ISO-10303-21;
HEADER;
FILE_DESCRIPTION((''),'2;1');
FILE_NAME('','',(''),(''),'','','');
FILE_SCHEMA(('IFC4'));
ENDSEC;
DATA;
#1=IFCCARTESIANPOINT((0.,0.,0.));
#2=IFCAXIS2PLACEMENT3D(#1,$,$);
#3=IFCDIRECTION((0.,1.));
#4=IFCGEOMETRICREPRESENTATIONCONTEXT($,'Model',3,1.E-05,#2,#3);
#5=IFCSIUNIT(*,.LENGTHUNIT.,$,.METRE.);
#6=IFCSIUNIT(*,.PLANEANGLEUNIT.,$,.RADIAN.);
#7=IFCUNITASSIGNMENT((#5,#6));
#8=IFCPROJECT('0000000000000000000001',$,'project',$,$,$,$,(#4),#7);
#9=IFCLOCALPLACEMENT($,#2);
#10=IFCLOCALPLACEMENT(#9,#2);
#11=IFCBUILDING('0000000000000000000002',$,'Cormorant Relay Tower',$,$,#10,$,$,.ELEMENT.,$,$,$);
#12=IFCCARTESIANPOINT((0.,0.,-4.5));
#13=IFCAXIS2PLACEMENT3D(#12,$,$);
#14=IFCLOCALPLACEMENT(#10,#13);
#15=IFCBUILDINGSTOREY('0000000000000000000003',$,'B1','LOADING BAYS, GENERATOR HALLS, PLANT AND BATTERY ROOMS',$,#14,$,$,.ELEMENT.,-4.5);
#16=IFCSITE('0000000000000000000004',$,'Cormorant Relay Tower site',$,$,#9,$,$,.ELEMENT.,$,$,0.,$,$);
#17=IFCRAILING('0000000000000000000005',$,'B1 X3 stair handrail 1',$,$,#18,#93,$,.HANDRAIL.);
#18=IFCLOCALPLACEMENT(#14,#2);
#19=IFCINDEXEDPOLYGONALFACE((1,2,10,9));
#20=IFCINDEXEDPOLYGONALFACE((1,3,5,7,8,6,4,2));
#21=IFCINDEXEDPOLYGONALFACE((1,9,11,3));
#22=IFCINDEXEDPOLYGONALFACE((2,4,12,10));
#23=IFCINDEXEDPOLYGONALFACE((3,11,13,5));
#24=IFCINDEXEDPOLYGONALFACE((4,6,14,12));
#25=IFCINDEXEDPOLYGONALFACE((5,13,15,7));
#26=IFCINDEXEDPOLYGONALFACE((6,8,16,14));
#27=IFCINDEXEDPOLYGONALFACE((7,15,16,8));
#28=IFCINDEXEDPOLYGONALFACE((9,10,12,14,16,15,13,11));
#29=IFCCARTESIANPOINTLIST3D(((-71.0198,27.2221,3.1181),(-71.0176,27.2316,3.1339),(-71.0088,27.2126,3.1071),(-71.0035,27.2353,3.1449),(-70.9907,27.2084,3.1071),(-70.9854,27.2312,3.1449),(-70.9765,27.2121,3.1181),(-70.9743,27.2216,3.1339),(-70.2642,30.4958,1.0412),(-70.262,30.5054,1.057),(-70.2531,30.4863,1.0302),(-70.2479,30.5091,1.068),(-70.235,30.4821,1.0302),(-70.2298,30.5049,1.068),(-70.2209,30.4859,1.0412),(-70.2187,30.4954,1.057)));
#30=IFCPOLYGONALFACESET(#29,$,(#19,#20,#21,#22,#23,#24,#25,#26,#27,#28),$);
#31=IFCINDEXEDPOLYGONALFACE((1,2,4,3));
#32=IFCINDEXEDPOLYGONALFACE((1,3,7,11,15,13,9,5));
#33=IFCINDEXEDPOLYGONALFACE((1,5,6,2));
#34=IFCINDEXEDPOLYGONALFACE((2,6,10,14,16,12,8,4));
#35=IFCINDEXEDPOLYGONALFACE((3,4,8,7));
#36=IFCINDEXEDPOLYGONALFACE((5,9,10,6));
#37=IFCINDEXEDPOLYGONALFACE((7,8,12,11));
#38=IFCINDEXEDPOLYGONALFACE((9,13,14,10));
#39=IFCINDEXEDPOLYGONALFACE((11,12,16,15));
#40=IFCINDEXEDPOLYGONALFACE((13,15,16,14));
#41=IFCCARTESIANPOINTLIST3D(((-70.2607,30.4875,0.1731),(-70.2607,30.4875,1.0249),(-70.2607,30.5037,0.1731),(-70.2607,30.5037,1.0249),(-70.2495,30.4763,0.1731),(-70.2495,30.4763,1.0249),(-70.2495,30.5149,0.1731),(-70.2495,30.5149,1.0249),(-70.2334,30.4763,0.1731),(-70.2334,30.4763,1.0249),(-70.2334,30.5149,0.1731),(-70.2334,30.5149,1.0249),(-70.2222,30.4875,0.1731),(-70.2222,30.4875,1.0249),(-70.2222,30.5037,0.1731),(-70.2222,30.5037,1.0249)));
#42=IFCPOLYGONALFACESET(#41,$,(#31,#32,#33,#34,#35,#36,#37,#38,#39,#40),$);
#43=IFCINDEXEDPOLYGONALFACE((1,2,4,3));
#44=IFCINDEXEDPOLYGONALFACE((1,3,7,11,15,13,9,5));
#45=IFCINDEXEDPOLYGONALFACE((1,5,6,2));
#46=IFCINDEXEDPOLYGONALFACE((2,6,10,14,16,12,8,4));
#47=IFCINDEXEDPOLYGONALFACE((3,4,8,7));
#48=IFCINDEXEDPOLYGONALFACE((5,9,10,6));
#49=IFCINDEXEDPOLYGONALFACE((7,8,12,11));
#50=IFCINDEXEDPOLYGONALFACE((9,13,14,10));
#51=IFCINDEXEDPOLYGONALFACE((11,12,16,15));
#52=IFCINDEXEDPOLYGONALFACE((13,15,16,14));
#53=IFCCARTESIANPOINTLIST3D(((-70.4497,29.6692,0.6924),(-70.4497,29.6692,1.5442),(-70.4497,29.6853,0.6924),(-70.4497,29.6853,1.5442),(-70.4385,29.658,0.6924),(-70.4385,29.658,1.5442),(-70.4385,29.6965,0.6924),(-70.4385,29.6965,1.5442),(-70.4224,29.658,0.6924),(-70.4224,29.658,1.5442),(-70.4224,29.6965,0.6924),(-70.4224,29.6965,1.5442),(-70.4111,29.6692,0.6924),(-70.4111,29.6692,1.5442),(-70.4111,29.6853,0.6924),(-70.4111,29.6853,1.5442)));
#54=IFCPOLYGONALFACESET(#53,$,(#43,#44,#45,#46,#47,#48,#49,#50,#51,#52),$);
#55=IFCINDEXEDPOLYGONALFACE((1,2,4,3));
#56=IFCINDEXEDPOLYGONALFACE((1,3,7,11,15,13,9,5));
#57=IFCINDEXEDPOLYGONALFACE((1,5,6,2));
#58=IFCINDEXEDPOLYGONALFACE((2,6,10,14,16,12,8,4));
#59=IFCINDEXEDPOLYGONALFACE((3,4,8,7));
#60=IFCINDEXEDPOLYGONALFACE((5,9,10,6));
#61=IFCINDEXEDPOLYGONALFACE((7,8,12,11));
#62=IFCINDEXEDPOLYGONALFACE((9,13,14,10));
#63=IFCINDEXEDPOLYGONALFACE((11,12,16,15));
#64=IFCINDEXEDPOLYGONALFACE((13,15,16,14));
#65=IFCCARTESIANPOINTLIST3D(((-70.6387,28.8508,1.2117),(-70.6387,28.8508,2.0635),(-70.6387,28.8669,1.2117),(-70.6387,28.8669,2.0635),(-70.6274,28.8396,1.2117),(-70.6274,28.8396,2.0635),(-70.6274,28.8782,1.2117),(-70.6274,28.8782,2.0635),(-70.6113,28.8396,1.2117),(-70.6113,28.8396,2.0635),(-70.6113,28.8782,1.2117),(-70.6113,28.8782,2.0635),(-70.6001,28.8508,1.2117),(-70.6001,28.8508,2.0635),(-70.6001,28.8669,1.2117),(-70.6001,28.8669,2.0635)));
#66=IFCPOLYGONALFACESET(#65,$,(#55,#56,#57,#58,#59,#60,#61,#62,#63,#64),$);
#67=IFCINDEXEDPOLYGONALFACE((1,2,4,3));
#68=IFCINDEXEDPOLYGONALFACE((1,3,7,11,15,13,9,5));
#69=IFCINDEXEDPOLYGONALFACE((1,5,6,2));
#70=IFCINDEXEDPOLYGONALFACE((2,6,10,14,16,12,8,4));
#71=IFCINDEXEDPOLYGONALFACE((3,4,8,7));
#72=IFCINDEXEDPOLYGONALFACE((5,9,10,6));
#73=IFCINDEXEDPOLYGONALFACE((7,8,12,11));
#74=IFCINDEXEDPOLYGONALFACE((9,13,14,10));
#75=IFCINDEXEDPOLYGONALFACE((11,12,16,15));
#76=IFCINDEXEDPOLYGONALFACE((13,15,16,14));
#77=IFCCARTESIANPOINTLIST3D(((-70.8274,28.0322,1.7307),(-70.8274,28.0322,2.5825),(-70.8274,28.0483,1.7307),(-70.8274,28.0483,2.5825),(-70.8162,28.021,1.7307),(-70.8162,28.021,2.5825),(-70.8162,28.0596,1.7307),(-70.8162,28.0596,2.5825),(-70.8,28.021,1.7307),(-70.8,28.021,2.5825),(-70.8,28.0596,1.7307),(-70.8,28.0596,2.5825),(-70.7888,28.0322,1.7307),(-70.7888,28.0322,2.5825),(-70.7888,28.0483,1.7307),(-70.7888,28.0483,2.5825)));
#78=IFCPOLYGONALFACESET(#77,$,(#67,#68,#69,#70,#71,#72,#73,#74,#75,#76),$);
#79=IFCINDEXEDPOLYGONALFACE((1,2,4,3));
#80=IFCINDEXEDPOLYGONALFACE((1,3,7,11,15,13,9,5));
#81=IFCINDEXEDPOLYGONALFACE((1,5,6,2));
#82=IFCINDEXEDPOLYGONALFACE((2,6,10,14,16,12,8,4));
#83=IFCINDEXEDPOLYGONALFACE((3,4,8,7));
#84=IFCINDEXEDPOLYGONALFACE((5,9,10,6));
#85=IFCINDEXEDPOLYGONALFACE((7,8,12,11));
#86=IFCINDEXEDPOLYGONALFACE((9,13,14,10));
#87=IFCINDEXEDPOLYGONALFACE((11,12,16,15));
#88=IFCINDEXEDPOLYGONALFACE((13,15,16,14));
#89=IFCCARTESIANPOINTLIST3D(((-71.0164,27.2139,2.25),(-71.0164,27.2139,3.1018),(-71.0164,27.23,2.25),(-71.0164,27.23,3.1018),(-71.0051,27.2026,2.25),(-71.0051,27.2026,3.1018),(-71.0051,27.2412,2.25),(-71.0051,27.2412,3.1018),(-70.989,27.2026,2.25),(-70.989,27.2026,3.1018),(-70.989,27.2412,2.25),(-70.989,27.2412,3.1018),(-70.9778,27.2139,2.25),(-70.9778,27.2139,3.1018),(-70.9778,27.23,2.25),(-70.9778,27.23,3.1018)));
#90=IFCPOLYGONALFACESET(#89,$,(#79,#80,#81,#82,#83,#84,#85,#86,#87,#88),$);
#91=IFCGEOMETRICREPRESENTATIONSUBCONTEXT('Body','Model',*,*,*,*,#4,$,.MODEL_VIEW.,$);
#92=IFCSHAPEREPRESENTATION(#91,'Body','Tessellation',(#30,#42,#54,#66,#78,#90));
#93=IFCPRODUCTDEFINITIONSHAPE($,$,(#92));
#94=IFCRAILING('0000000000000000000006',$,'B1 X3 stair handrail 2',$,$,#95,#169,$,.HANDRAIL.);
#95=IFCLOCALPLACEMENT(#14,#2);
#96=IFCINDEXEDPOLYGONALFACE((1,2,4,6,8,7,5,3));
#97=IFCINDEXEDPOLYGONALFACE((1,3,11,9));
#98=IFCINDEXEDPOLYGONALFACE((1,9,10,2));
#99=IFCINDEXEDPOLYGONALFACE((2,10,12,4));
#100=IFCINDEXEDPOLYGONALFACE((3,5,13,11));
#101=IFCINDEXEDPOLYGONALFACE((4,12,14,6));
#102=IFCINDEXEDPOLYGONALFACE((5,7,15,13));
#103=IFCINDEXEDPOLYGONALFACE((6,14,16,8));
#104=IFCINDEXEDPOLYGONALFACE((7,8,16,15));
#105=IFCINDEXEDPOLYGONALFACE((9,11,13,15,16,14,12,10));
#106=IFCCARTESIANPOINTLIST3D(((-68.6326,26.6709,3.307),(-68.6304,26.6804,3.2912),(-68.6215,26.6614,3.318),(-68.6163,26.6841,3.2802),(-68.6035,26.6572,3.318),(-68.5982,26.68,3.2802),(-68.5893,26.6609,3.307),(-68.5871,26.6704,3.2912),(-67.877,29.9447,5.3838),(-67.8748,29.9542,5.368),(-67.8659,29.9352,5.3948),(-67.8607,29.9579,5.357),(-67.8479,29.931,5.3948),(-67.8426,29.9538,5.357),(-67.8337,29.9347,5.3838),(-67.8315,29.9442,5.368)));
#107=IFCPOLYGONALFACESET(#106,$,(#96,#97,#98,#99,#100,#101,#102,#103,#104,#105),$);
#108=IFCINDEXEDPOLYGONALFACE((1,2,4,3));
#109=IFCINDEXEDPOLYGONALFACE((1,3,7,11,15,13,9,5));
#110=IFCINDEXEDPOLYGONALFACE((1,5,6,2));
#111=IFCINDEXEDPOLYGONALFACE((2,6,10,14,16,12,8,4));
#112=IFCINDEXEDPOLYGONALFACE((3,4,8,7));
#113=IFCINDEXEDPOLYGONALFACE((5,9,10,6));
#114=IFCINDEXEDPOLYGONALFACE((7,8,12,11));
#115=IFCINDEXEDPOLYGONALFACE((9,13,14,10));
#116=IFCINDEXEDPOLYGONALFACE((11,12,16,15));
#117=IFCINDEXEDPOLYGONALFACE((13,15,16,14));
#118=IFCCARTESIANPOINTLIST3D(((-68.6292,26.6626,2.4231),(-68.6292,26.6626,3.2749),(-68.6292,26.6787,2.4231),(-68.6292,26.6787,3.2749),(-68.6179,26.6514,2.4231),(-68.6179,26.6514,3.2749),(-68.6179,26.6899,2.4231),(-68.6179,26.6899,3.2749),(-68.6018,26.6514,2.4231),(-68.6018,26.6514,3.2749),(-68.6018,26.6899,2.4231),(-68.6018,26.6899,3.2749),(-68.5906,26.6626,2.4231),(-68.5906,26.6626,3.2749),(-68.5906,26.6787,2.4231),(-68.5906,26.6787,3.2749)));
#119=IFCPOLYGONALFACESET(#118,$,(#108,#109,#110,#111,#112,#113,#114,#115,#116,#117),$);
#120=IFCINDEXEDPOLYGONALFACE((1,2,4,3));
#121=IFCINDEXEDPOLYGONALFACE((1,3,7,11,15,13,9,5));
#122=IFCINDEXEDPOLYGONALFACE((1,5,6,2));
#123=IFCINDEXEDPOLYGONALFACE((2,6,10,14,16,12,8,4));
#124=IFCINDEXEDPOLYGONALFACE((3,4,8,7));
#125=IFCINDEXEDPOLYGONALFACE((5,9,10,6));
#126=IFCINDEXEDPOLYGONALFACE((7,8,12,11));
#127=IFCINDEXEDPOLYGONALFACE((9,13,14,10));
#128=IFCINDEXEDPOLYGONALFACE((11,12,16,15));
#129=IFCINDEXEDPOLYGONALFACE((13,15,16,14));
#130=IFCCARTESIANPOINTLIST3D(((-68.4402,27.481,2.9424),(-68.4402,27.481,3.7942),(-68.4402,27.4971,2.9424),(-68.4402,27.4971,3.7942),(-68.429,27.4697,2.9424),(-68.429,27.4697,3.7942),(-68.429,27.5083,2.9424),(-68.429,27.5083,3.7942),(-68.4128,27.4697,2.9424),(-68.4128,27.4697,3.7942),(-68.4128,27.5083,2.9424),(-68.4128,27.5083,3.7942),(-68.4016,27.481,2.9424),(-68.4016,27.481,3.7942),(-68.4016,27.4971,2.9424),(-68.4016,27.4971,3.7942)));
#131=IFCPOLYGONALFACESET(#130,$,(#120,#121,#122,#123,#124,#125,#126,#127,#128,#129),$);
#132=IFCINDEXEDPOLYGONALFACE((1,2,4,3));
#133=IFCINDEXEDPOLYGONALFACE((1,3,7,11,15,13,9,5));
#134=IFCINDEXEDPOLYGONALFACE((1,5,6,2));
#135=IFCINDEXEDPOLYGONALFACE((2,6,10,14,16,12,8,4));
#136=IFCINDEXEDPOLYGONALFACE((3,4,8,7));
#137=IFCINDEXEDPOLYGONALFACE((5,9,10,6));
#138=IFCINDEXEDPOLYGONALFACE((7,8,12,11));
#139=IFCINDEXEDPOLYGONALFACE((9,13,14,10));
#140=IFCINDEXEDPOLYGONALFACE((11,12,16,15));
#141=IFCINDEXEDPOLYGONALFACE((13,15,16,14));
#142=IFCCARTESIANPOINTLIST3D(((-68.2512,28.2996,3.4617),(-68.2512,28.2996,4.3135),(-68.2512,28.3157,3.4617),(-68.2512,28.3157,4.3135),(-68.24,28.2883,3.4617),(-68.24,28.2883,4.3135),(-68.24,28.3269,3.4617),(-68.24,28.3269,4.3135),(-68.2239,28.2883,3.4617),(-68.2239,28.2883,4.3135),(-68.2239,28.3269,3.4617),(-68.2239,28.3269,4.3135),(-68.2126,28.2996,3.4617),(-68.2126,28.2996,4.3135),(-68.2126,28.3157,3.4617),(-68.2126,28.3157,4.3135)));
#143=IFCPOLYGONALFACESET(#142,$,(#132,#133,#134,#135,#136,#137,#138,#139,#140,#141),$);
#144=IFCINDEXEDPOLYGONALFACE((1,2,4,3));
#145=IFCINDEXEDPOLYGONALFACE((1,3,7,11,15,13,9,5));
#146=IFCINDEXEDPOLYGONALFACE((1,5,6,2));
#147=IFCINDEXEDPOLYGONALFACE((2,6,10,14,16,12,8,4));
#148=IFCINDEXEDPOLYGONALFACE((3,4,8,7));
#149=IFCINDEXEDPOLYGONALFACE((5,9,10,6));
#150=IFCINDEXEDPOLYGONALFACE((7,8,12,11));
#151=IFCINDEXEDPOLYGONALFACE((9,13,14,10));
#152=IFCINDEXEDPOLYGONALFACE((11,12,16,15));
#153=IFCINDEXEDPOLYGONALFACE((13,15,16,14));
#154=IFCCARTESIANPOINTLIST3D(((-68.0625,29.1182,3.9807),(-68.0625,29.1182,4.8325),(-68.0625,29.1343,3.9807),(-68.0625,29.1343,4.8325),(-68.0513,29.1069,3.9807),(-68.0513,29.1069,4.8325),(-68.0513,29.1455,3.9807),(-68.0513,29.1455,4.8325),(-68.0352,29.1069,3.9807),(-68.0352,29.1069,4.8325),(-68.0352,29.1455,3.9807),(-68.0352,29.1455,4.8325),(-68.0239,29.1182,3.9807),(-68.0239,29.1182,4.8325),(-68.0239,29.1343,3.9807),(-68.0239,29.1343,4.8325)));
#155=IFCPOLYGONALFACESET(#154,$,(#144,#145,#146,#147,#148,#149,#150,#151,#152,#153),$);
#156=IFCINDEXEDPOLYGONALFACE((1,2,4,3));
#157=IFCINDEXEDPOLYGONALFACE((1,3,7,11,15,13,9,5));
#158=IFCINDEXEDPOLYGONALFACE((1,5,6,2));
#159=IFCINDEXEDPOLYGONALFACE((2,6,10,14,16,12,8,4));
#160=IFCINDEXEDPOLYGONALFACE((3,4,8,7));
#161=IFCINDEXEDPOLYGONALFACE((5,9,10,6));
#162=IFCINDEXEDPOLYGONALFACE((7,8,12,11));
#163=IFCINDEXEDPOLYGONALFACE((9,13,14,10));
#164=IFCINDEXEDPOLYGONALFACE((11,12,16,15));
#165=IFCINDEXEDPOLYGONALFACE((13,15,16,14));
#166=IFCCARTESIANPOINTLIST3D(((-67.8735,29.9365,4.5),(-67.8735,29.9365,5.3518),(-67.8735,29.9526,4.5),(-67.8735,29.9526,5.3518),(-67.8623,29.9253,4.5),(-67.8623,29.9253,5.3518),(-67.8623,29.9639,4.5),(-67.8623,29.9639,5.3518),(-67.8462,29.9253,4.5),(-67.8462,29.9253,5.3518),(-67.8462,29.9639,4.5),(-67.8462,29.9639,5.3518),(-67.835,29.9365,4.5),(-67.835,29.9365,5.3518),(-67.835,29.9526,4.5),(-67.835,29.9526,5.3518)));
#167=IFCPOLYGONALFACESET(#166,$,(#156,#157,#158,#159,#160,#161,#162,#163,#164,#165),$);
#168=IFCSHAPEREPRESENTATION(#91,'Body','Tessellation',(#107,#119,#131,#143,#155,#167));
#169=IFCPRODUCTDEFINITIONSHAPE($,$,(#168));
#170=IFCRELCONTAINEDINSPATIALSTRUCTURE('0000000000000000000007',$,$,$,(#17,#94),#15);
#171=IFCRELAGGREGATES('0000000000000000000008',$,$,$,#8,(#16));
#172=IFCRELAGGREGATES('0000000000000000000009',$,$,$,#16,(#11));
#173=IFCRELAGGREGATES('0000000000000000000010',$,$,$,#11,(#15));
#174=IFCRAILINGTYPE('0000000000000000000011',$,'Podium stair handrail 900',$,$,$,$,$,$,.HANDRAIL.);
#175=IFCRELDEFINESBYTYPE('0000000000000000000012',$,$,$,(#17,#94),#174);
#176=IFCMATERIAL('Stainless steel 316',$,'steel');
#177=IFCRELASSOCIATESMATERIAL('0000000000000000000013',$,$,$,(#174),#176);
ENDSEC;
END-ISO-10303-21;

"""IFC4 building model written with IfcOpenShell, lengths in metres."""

from ifc_helpers import new_model, si_unit, direction, frame, origin, place, context, subcontext, project, spatial, polyline, outline, extrude, material, type_object, element, save


model = new_model("IFC4")

# Units and contexts
model_context = context("Model", 3, precision=1e-05, world=origin(), true_north=direction((0.0, 1.0)))
body_context = subcontext(model_context, "Body", "Model", "MODEL_VIEW")
ifc_project = project(units=[si_unit("LENGTHUNIT", "METRE"), si_unit("PLANEANGLEUNIT", "RADIAN")], contexts=[model_context])

# Site, building, storey
site_placement = place(None, origin())
site = spatial("IfcSite", under=ifc_project, at=site_placement, Name="Cormorant Relay Tower site", CompositionType="ELEMENT", RefElevation=0.0)
building_placement = place(site_placement, origin())
building = spatial("IfcBuilding", under=site, at=building_placement, Name="Cormorant Relay Tower", CompositionType="ELEMENT")
storey_placement = place(building_placement, frame((0.0, 0.0, -4.5)))
storey = spatial("IfcBuildingStorey", under=building, at=storey_placement, Name="B1", Description="LOADING BAYS, GENERATOR HALLS, PLANT AND BATTERY ROOMS", CompositionType="ELEMENT", Elevation=-4.5)

# Railings
ifc_material_1 = material(Name="Stainless steel 316", Category="steel")
railing_type_1 = type_object("IfcRailingType", Name="Podium stair handrail 900", PredefinedType="HANDRAIL", material=ifc_material_1)
railing_1_placement = place(storey_placement, frame((-70.2415, 30.4956, 0.1731)))
element("IfcRailing", 1, at=railing_1_placement, inside=storey, type_object=railing_type_1, Name="B1 X3 stair handrail 1", PredefinedType="HANDRAIL", context=body_context, shape_type="SweptSolid", body=[
    extrude(outline(polyline([(0.0222, 0.0093), (0.0093, 0.0222), (-0.0093, 0.0222), (-0.0222, 0.0093), (-0.0222, -0.0093), (-0.0093, -0.0222), (0.0093, -0.0222), (0.0222, -0.0093), (0.0222, 0.0093)])), frame((0.0, 0.0, 0.876), z_axis=(-0.191301, -0.828807, 0.525816), x_axis=(0.974381, -0.224902, 0.0)), (0.0, 0.0, 1.0), 3.95),
    extrude(outline(polyline([(0.0193, 0.0081), (0.0081, 0.0193), (-0.0081, 0.0193), (-0.0193, 0.0081), (-0.0193, -0.0081), (-0.0081, -0.0193), (0.0081, -0.0193), (0.0193, -0.0081), (0.0193, 0.0081)])), origin(), (0.0, 0.0, 1.0), 0.8518),
    extrude(outline(polyline([(0.0193, 0.0081), (0.0081, 0.0193), (-0.0081, 0.0193), (-0.0193, 0.0081), (-0.0193, -0.0081), (-0.0081, -0.0193), (0.0081, -0.0193), (0.0193, -0.0081), (0.0193, 0.0081)])), frame((-0.189, -0.8184, 0.5193)), (0.0, 0.0, 1.0), 0.8518),
    extrude(outline(polyline([(0.0193, 0.0081), (0.0081, 0.0193), (-0.0081, 0.0193), (-0.0193, 0.0081), (-0.0193, -0.0081), (-0.0081, -0.0193), (0.0081, -0.0193), (0.0193, -0.0081), (0.0193, 0.0081)])), frame((-0.3779, -1.6367, 1.0386)), (0.0, 0.0, 1.0), 0.8518),
    extrude(outline(polyline([(0.0193, 0.0081), (0.0081, 0.0193), (-0.0081, 0.0193), (-0.0193, 0.0081), (-0.0193, -0.0081), (-0.0081, -0.0193), (0.0081, -0.0193), (0.0193, -0.0081), (0.0193, 0.0081)])), frame((-0.5667, -2.4553, 1.5576)), (0.0, 0.0, 1.0), 0.8518),
    extrude(outline(polyline([(0.0193, 0.0081), (0.0081, 0.0193), (-0.0081, 0.0193), (-0.0193, 0.0081), (-0.0193, -0.0081), (-0.0081, -0.0193), (0.0081, -0.0193), (0.0193, -0.0081), (0.0193, 0.0081)])), frame((-0.7556, -3.2737, 2.0769)), (0.0, 0.0, 1.0), 0.8518),
])
railing_2_placement = place(storey_placement, frame((-68.6099, 26.6707, 2.4231)))
element("IfcRailing", 2, at=railing_2_placement, inside=storey, type_object=railing_type_1, Name="B1 X3 stair handrail 2", PredefinedType="HANDRAIL", context=body_context, shape_type="SweptSolid", body=[
    extrude(outline(polyline([(0.0222, 0.0093), (0.0093, 0.0222), (-0.0093, 0.0222), (-0.0222, 0.0093), (-0.0222, -0.0093), (-0.0093, -0.0222), (0.0093, -0.0222), (0.0222, -0.0093), (0.0222, 0.0093)])), frame((0.0, 0.0, 0.876), z_axis=(0.191291, 0.828827, 0.525789), x_axis=(-0.974385, 0.224886, 0.0)), (0.0, 0.0, 1.0), 3.95),
    extrude(outline(polyline([(0.0193, 0.0081), (0.0081, 0.0193), (-0.0081, 0.0193), (-0.0193, 0.0081), (-0.0193, -0.0081), (-0.0081, -0.0193), (0.0081, -0.0193), (0.0193, -0.0081), (0.0193, 0.0081)])), origin(), (0.0, 0.0, 1.0), 0.8518),
    extrude(outline(polyline([(0.0193, 0.0081), (0.0081, 0.0193), (-0.0081, 0.0193), (-0.0193, 0.0081), (-0.0193, -0.0081), (-0.0081, -0.0193), (0.0081, -0.0193), (0.0193, -0.0081), (0.0193, 0.0081)])), frame((0.189, 0.8184, 0.5193)), (0.0, 0.0, 1.0), 0.8518),
    extrude(outline(polyline([(0.0193, 0.0081), (0.0081, 0.0193), (-0.0081, 0.0193), (-0.0193, 0.0081), (-0.0193, -0.0081), (-0.0081, -0.0193), (0.0081, -0.0193), (0.0193, -0.0081), (0.0193, 0.0081)])), frame((0.3779, 1.637, 1.0386)), (0.0, 0.0, 1.0), 0.8518),
    extrude(outline(polyline([(0.0193, 0.0081), (0.0081, 0.0193), (-0.0081, 0.0193), (-0.0193, 0.0081), (-0.0193, -0.0081), (-0.0081, -0.0193), (0.0081, -0.0193), (0.0193, -0.0081), (0.0193, 0.0081)])), frame((0.5667, 2.4556, 1.5576)), (0.0, 0.0, 1.0), 0.8518),
    extrude(outline(polyline([(0.0193, 0.0081), (0.0081, 0.0193), (-0.0081, 0.0193), (-0.0193, 0.0081), (-0.0193, -0.0081), (-0.0081, -0.0193), (0.0081, -0.0193), (0.0193, -0.0081), (0.0193, 0.0081)])), frame((0.7556, 3.2739, 2.0769)), (0.0, 0.0, 1.0), 0.8518),
])

save(model, "model.ifc")
